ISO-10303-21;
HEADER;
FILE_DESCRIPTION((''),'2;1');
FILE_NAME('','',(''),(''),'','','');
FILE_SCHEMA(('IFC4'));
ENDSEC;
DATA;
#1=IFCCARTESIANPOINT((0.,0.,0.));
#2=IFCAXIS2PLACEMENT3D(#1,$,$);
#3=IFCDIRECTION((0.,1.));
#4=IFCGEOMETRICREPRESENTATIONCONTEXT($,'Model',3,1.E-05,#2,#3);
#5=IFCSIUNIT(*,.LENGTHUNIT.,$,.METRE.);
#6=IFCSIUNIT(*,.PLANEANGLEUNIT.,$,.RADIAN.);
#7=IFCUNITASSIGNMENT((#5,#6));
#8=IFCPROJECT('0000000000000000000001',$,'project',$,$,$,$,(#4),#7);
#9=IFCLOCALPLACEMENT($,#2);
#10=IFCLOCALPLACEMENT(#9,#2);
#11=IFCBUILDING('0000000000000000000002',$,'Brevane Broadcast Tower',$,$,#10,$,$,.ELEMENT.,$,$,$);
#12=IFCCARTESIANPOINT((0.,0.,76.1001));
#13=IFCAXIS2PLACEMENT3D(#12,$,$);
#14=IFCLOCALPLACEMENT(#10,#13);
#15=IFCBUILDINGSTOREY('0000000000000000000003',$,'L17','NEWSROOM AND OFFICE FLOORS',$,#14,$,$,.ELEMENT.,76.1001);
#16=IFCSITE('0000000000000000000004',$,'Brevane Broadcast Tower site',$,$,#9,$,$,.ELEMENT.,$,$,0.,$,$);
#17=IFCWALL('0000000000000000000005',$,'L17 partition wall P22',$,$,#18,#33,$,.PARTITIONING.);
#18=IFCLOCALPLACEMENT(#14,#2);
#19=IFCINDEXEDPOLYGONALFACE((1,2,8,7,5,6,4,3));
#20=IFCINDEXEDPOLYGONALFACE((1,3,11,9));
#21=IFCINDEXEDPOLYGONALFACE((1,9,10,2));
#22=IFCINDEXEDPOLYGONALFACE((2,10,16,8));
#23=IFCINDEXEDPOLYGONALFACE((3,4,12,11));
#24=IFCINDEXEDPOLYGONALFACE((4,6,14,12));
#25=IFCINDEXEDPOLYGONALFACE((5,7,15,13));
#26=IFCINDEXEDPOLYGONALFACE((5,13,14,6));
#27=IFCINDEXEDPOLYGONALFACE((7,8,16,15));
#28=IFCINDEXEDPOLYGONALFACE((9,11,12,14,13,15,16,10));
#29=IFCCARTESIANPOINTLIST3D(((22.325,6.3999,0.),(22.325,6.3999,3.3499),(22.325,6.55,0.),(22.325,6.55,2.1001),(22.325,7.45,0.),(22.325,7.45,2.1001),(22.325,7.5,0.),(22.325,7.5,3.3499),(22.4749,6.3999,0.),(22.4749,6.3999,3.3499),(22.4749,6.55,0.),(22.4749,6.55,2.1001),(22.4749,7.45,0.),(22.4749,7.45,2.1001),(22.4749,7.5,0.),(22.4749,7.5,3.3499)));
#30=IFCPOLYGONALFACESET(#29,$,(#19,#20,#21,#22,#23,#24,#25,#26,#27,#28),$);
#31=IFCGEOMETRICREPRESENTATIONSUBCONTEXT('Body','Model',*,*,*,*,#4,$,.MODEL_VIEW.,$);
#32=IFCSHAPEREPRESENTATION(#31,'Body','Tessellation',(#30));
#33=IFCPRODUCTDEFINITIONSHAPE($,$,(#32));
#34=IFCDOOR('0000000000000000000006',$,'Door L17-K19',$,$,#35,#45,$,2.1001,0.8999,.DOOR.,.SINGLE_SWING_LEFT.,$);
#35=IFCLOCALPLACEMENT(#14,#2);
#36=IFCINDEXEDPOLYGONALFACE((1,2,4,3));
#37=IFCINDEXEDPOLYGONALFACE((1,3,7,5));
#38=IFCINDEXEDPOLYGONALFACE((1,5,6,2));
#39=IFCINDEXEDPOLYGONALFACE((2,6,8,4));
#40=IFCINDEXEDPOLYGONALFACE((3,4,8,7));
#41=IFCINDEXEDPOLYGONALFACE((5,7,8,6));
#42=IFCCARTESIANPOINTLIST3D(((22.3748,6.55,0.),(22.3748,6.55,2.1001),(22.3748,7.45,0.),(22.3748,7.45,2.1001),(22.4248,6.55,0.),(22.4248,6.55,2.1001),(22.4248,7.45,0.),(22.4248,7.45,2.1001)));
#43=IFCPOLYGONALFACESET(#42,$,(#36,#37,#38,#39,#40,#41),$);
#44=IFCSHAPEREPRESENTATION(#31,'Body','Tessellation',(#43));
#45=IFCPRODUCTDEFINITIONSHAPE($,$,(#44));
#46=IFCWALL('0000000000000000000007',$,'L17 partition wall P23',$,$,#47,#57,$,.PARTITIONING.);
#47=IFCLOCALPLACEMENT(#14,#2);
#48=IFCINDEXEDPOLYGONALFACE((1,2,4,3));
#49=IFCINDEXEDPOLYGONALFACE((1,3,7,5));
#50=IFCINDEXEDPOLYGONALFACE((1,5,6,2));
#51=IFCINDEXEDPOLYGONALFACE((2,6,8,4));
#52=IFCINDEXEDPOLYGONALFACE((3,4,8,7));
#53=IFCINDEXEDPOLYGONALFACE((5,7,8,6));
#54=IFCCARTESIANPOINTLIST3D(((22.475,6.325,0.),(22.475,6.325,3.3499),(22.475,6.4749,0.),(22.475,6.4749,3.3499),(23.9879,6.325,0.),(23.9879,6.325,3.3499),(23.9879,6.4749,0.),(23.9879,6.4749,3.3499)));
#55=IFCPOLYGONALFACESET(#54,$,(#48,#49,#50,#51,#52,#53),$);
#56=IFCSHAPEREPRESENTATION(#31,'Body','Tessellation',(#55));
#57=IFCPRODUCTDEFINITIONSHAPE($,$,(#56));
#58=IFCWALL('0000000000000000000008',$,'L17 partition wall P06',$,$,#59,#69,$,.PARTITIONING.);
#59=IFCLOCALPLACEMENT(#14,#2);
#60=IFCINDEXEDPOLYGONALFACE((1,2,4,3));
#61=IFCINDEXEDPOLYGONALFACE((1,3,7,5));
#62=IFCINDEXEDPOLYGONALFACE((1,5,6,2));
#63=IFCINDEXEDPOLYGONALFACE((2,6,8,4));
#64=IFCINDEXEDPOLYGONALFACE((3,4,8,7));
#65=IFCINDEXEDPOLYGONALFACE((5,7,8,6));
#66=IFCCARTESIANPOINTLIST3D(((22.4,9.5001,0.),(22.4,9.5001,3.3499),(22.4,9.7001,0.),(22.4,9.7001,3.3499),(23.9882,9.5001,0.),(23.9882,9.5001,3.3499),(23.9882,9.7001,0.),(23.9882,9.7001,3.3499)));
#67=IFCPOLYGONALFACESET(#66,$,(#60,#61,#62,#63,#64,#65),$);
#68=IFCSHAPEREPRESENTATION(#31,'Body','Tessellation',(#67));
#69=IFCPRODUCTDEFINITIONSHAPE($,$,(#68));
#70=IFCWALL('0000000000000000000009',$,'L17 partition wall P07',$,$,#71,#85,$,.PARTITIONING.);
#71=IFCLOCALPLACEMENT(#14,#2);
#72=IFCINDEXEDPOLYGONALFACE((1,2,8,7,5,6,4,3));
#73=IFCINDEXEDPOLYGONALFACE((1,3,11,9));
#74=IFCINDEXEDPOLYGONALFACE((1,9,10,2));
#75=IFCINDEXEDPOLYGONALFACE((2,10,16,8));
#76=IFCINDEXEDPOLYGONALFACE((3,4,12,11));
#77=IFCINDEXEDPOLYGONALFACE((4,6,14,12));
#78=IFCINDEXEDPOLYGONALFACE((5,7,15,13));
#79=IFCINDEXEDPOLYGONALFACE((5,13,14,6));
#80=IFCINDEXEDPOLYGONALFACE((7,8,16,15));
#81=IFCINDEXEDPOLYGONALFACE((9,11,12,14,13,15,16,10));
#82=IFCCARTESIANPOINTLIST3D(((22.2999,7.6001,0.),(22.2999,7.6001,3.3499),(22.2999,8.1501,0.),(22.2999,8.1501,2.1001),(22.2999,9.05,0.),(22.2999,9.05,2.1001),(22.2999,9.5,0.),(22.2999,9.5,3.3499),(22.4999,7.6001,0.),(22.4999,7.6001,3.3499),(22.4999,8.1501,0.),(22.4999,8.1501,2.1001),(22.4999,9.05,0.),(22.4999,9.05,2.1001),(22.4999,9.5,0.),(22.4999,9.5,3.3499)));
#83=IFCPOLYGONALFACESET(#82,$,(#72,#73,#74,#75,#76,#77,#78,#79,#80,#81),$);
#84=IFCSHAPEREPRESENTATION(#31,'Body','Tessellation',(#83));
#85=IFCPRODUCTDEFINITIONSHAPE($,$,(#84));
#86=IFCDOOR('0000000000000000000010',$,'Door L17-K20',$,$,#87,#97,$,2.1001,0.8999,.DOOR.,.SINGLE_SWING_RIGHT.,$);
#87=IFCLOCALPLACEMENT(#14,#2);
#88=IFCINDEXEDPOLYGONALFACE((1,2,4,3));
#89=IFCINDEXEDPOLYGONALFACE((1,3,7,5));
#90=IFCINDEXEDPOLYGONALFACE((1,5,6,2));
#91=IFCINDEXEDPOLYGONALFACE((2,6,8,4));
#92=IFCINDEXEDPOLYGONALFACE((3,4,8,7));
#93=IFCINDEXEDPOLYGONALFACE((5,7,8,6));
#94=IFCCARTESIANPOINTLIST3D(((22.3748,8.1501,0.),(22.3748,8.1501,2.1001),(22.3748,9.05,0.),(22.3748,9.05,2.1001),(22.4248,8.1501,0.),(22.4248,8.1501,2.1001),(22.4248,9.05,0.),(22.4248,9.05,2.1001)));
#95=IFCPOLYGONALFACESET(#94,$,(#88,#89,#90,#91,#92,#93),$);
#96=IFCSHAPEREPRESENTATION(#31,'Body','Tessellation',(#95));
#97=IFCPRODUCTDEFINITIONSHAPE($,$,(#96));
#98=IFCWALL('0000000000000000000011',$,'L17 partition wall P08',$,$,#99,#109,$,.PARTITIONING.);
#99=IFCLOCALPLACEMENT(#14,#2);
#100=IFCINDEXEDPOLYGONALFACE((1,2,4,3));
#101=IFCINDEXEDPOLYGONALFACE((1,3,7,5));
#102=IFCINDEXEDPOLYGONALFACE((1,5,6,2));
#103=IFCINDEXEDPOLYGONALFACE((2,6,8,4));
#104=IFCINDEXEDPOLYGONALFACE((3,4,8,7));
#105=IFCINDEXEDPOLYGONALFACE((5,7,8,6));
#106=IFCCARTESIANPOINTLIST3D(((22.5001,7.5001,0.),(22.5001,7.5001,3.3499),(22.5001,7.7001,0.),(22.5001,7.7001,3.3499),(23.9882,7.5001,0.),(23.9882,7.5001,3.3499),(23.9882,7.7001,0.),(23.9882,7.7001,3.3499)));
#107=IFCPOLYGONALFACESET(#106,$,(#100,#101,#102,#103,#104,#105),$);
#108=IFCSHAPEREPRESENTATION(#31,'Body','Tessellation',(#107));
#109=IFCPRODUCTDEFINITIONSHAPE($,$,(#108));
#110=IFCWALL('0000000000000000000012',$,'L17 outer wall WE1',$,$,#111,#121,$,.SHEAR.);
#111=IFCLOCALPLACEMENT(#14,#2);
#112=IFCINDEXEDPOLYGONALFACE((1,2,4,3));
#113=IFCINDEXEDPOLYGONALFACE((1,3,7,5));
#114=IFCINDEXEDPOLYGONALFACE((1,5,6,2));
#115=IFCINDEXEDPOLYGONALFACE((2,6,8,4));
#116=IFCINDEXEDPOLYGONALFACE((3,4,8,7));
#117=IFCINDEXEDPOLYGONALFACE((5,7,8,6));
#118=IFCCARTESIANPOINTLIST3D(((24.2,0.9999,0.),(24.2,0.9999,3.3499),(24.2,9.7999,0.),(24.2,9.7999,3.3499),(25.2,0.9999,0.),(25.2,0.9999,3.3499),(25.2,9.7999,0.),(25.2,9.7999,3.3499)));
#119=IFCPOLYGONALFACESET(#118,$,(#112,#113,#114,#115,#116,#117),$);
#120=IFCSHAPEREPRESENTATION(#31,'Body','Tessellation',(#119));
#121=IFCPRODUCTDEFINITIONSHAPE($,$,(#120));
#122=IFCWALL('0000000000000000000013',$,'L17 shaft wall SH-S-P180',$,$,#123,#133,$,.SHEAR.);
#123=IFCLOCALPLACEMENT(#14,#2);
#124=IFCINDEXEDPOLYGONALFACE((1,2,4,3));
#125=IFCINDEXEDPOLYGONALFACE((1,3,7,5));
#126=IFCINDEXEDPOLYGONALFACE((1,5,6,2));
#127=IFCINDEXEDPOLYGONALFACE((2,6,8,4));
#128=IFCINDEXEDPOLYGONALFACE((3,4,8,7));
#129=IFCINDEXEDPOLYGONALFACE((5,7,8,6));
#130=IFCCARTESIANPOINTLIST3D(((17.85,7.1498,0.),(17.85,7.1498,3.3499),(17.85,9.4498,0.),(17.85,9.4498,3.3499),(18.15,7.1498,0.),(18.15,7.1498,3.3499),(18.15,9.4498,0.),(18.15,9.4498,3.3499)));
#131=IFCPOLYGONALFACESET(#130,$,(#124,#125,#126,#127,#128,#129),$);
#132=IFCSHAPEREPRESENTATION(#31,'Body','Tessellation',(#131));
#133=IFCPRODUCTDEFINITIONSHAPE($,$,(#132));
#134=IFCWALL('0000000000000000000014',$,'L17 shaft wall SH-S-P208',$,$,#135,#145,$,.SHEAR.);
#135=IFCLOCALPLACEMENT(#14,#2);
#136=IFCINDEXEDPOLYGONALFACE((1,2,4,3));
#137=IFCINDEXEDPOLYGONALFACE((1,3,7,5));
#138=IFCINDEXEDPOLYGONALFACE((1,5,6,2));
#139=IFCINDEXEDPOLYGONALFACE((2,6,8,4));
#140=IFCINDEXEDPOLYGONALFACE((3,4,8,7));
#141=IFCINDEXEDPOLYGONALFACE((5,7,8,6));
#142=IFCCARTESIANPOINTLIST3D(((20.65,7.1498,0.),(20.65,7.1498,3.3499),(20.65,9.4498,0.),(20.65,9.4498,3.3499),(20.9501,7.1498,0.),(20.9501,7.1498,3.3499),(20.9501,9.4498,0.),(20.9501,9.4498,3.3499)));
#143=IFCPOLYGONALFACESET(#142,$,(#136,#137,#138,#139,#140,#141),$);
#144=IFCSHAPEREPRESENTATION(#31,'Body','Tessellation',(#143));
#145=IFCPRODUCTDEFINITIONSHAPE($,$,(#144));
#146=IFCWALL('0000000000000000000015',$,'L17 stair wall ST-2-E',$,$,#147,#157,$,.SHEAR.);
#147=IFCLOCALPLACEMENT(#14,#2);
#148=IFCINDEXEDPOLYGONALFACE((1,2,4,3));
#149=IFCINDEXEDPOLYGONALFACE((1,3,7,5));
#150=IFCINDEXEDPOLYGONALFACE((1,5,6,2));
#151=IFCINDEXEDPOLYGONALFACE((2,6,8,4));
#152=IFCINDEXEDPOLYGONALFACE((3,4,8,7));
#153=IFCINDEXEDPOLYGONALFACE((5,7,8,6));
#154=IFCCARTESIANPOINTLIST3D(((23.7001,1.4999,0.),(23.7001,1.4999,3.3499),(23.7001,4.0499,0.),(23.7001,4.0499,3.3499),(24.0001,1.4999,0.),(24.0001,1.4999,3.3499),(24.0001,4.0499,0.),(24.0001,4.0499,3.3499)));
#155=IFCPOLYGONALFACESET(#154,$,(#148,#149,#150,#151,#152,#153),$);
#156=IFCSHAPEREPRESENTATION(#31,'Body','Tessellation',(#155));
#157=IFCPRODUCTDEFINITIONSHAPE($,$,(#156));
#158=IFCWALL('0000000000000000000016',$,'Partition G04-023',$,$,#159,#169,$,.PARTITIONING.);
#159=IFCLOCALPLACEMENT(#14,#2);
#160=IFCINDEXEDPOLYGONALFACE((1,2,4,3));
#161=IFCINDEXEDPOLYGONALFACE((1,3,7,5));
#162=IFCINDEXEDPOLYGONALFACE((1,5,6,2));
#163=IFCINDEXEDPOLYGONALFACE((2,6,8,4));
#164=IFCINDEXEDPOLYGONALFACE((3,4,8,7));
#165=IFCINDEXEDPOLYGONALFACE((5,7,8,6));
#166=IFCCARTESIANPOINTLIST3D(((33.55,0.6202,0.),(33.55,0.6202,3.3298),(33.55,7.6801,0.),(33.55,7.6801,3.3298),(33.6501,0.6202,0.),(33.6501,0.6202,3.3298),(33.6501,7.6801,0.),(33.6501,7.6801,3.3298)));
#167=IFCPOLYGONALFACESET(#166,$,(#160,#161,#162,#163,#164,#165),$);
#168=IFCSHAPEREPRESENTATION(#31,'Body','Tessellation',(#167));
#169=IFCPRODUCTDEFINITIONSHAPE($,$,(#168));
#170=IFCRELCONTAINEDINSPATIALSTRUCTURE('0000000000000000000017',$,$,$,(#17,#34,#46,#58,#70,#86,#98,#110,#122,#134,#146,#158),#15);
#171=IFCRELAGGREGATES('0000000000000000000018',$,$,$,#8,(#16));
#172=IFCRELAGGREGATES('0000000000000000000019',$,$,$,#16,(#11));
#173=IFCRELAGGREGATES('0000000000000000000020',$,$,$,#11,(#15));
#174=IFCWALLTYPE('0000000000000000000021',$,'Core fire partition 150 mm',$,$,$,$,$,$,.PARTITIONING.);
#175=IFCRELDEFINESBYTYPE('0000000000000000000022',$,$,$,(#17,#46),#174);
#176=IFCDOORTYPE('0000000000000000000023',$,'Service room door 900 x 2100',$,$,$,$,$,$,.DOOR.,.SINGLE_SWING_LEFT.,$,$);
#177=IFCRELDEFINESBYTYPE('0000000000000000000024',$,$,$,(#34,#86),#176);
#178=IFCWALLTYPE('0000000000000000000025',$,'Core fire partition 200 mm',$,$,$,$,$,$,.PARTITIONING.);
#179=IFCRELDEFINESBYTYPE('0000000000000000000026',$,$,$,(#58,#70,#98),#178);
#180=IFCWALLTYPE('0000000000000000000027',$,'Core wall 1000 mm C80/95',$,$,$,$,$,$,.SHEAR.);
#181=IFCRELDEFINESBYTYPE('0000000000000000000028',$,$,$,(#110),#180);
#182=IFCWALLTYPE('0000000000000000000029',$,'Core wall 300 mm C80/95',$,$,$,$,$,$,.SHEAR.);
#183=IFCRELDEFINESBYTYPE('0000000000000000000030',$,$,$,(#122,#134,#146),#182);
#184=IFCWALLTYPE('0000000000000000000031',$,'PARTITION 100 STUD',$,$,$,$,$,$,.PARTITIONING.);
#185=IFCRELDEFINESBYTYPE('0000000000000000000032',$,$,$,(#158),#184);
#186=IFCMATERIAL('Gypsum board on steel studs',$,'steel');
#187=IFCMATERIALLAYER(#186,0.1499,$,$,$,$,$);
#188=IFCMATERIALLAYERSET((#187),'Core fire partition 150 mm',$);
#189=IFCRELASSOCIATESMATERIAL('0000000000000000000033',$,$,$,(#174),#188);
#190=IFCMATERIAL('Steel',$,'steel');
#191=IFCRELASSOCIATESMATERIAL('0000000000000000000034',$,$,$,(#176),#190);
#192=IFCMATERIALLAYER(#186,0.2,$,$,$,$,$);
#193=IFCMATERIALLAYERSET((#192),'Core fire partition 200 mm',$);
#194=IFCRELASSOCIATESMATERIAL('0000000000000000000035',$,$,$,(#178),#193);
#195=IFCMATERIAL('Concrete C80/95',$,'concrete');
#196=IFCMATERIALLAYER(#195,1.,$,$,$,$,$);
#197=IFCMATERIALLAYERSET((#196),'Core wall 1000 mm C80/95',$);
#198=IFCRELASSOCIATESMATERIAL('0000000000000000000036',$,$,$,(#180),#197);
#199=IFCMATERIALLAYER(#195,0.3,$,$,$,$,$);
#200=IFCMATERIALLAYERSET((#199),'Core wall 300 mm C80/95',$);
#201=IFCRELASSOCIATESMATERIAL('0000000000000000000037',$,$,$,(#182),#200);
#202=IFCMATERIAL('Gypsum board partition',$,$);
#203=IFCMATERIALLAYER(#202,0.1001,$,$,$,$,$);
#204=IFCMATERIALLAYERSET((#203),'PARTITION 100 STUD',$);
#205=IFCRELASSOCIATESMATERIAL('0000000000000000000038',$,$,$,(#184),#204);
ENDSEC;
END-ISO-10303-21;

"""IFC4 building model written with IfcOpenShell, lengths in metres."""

from ifc_helpers import new_model, si_unit, direction, frame, frame_2d, origin, place, context, subcontext, project, spatial, rectangle, extrude, material, layer, layer_set, type_object, element, fill, save


model = new_model("IFC4")

# Units and contexts
model_context = context("Model", 3, precision=1e-05, world=origin(), true_north=direction((0.0, 1.0)))
body_context = subcontext(model_context, "Body", "Model", "MODEL_VIEW")
ifc_project = project(units=[si_unit("LENGTHUNIT", "METRE"), si_unit("PLANEANGLEUNIT", "RADIAN")], contexts=[model_context])

# Site, building, storey
site_placement = place(None, origin())
site = spatial("IfcSite", under=ifc_project, at=site_placement, Name="Brevane Broadcast Tower site", CompositionType="ELEMENT", RefElevation=0.0)
building_placement = place(site_placement, origin())
building = spatial("IfcBuilding", under=site, at=building_placement, Name="Brevane Broadcast Tower", CompositionType="ELEMENT")
storey_placement = place(building_placement, frame((0.0, 0.0, 76.1001)))
storey = spatial("IfcBuildingStorey", under=building, at=storey_placement, Name="L17", Description="NEWSROOM AND OFFICE FLOORS", CompositionType="ELEMENT", Elevation=76.1001)

# Shared definitions
ifc_material_1 = material(Name="Concrete C80/95", Category="concrete")

# Wall, opening, door
ifc_material_2 = material(Name="Gypsum board on steel studs", Category="steel")
ifc_layer_1 = layer(ifc_material_2, 0.1499)
ifc_layer_set_1 = layer_set([ifc_layer_1], Name="Core fire partition 150 mm")
wall_type_1 = type_object("IfcWallType", Name="Core fire partition 150 mm", PredefinedType="PARTITIONING", material=ifc_layer_set_1)
wall_1_placement = place(storey_placement, frame((22.3999, 7.5, 0.0), z_axis=(0.0, 0.0, 1.0), x_axis=(0.0, -1.0, 0.0)))
wall_1 = element("IfcWall", 1, at=wall_1_placement, inside=storey, type_object=wall_type_1, Name="L17 partition wall P22", PredefinedType="PARTITIONING", context=body_context, shape_type="SweptSolid", body=[
    extrude(rectangle(XDim=1.1001, YDim=0.1499, at=frame_2d((0.55, 0.0))), origin(), (0.0, 0.0, 1.0), 3.3499),
])
opening_1_placement = place(wall_1_placement, frame((0.05, 0.0, 0.0)))
opening_1 = element("IfcOpeningElement", 2, at=opening_1_placement, cuts=wall_1, PredefinedType="OPENING", context=body_context, shape_type="SweptSolid", body=[
    extrude(rectangle(XDim=0.8999, YDim=2.1001, at=frame_2d((0.45, 1.05))), frame((0.0, 0.085, 0.0), z_axis=(0.0, -1.0, 0.0), x_axis=(1.0, 0.0, 0.0)), (0.0, 0.0, 1.0), 0.1699),
])
ifc_material_3 = material(Name="Steel", Category="steel")
door_type = type_object("IfcDoorType", Name="Service room door 900 x 2100", OperationType="SINGLE_SWING_LEFT", PredefinedType="DOOR", material=ifc_material_3)
door_1_placement = place(opening_1_placement, origin())
door_1 = element("IfcDoor", 3, at=door_1_placement, inside=storey, type_object=door_type, Name="Door L17-K19", OperationType="SINGLE_SWING_LEFT", OverallHeight=2.1001, OverallWidth=0.8999, PredefinedType="DOOR", context=body_context, shape_type="SweptSolid", body=[
    extrude(rectangle(XDim=0.8999, YDim=2.1001, at=frame_2d((0.45, 1.05))), frame((0.0, 0.0249, 0.0), z_axis=(0.0, -1.0, 0.0), x_axis=(1.0, 0.0, 0.0)), (0.0, 0.0, 1.0), 0.05),
])
fill(opening_1, door_1)

# Walls
wall_2_placement = place(storey_placement, frame((22.4751, 6.3999, 0.0), z_axis=(0.0, 0.0, 1.0), x_axis=(1.0, 0.0, 0.0)))
element("IfcWall", 4, at=wall_2_placement, inside=storey, type_object=wall_type_1, Name="L17 partition wall P23", PredefinedType="PARTITIONING", context=body_context, shape_type="SweptSolid", body=[
    extrude(rectangle(XDim=1.5129, YDim=0.1499, at=frame_2d((0.7563, 0.0))), origin(), (0.0, 0.0, 1.0), 3.3499),
])
ifc_layer_2 = layer(ifc_material_2, 0.2)
ifc_layer_set_2 = layer_set([ifc_layer_2], Name="Core fire partition 200 mm")
wall_type_2 = type_object("IfcWallType", Name="Core fire partition 200 mm", PredefinedType="PARTITIONING", material=ifc_layer_set_2)
wall_3_placement = place(storey_placement, frame((23.988, 9.6001, 0.0), z_axis=(0.0, 0.0, 1.0), x_axis=(-1.0, 0.0, 0.0)))
element("IfcWall", 5, at=wall_3_placement, inside=storey, type_object=wall_type_2, Name="L17 partition wall P06", PredefinedType="PARTITIONING", context=body_context, shape_type="SweptSolid", body=[
    extrude(rectangle(XDim=1.5881, YDim=0.2, at=frame_2d((0.7939, 0.0))), origin(), (0.0, 0.0, 1.0), 3.3499),
])

# Wall, opening, door
wall_4_placement = place(storey_placement, frame((22.3999, 9.5, 0.0), z_axis=(0.0, 0.0, 1.0), x_axis=(0.0, -1.0, 0.0)))
wall_4 = element("IfcWall", 6, at=wall_4_placement, inside=storey, type_object=wall_type_2, Name="L17 partition wall P07", PredefinedType="PARTITIONING", context=body_context, shape_type="SweptSolid", body=[
    extrude(rectangle(XDim=1.8999, YDim=0.2, at=frame_2d((0.95, 0.0))), origin(), (0.0, 0.0, 1.0), 3.3499),
])
opening_2_placement = place(wall_4_placement, frame((0.45, 0.0, 0.0)))
opening_2 = element("IfcOpeningElement", 7, at=opening_2_placement, cuts=wall_4, PredefinedType="OPENING", context=body_context, shape_type="SweptSolid", body=[
    extrude(rectangle(XDim=0.8999, YDim=2.1001, at=frame_2d((0.45, 1.05))), frame((0.0, 0.1099, 0.0), z_axis=(0.0, -1.0, 0.0), x_axis=(1.0, 0.0, 0.0)), (0.0, 0.0, 1.0), 0.22),
])
door_2_placement = place(opening_2_placement, origin())
door_2 = element("IfcDoor", 8, at=door_2_placement, inside=storey, type_object=door_type, Name="Door L17-K20", OperationType="SINGLE_SWING_RIGHT", OverallHeight=2.1001, OverallWidth=0.8999, PredefinedType="DOOR", context=body_context, shape_type="SweptSolid", body=[
    extrude(rectangle(XDim=0.8999, YDim=2.1001, at=frame_2d((0.45, 1.05))), frame((0.0, 0.0249, 0.0), z_axis=(0.0, -1.0, 0.0), x_axis=(1.0, 0.0, 0.0)), (0.0, 0.0, 1.0), 0.05),
])
fill(opening_2, door_2)

# Walls
wall_5_placement = place(storey_placement, frame((22.5, 7.6001, 0.0), z_axis=(0.0, 0.0, 1.0), x_axis=(1.0, 0.0, 0.0)))
element("IfcWall", 9, at=wall_5_placement, inside=storey, type_object=wall_type_2, Name="L17 partition wall P08", PredefinedType="PARTITIONING", context=body_context, shape_type="SweptSolid", body=[
    extrude(rectangle(XDim=1.488, YDim=0.2, at=frame_2d((0.7441, 0.0))), origin(), (0.0, 0.0, 1.0), 3.3499),
])
ifc_layer_3 = layer(ifc_material_1, 1.0)
ifc_layer_set_3 = layer_set([ifc_layer_3], Name="Core wall 1000 mm C80/95")
wall_type_3 = type_object("IfcWallType", Name="Core wall 1000 mm C80/95", PredefinedType="SHEAR", material=ifc_layer_set_3)
wall_6_placement = place(storey_placement, frame((24.7, 1.0, 0.0), z_axis=(0.0, 0.0, 1.0), x_axis=(0.0, 1.0, 0.0)))
element("IfcWall", 10, at=wall_6_placement, inside=storey, type_object=wall_type_3, Name="L17 outer wall WE1", PredefinedType="SHEAR", context=body_context, shape_type="SweptSolid", body=[
    extrude(rectangle(XDim=8.8, YDim=1.0, at=frame_2d((4.3999, 0.0))), origin(), (0.0, 0.0, 1.0), 3.3499),
])
ifc_layer_4 = layer(ifc_material_1, 0.3)
ifc_layer_set_4 = layer_set([ifc_layer_4], Name="Core wall 300 mm C80/95")
wall_type_4 = type_object("IfcWallType", Name="Core wall 300 mm C80/95", PredefinedType="SHEAR", material=ifc_layer_set_4)
for number, where, z_axis, x_axis, name in (
    (11, (18.0, 7.1499, 0.0), (0.0, 0.0, 1.0), (0.0, 1.0, 0.0), "L17 shaft wall SH-S-P180"),
    (12, (20.8, 7.1499, 0.0), (0.0, 0.0, 1.0), (0.0, 1.0, 0.0), "L17 shaft wall SH-S-P208"),
):
    element("IfcWall", number, at=place(storey_placement, frame(where, z_axis=z_axis, x_axis=x_axis)), inside=storey, type_object=wall_type_4, Name=name, PredefinedType="SHEAR", context=body_context, shape_type="SweptSolid", body=[
        extrude(rectangle(XDim=2.3, YDim=0.3, at=frame_2d((1.1499, 0.0))), origin(), (0.0, 0.0, 1.0), 3.3499),
    ])
wall_7_placement = place(storey_placement, frame((23.8501, 1.5, 0.0), z_axis=(0.0, 0.0, 1.0), x_axis=(0.0, 1.0, 0.0)))
element("IfcWall", 13, at=wall_7_placement, inside=storey, type_object=wall_type_4, Name="L17 stair wall ST-2-E", PredefinedType="SHEAR", context=body_context, shape_type="SweptSolid", body=[
    extrude(rectangle(XDim=2.55, YDim=0.3, at=frame_2d((1.2749, 0.0))), origin(), (0.0, 0.0, 1.0), 3.3499),
])
ifc_material_4 = material(Name="Gypsum board partition")
ifc_layer_5 = layer(ifc_material_4, 0.1001)
ifc_layer_set_5 = layer_set([ifc_layer_5], Name="PARTITION 100 STUD")
wall_type_5 = type_object("IfcWallType", Name="PARTITION 100 STUD", PredefinedType="PARTITIONING", material=ifc_layer_set_5)
wall_8_placement = place(storey_placement, frame((33.6001, 7.6799, 0.0), z_axis=(0.0, 0.0, 1.0), x_axis=(0.0, -1.0, 0.0)))
element("IfcWall", 14, at=wall_8_placement, inside=storey, type_object=wall_type_5, Name="Partition G04-023", PredefinedType="PARTITIONING", context=body_context, shape_type="SweptSolid", body=[
    extrude(rectangle(XDim=7.0598, YDim=0.1001, at=frame_2d((3.5298, 0.0))), origin(), (0.0, 0.0, 1.0), 3.3298),
])

save(model, "model.ifc")
